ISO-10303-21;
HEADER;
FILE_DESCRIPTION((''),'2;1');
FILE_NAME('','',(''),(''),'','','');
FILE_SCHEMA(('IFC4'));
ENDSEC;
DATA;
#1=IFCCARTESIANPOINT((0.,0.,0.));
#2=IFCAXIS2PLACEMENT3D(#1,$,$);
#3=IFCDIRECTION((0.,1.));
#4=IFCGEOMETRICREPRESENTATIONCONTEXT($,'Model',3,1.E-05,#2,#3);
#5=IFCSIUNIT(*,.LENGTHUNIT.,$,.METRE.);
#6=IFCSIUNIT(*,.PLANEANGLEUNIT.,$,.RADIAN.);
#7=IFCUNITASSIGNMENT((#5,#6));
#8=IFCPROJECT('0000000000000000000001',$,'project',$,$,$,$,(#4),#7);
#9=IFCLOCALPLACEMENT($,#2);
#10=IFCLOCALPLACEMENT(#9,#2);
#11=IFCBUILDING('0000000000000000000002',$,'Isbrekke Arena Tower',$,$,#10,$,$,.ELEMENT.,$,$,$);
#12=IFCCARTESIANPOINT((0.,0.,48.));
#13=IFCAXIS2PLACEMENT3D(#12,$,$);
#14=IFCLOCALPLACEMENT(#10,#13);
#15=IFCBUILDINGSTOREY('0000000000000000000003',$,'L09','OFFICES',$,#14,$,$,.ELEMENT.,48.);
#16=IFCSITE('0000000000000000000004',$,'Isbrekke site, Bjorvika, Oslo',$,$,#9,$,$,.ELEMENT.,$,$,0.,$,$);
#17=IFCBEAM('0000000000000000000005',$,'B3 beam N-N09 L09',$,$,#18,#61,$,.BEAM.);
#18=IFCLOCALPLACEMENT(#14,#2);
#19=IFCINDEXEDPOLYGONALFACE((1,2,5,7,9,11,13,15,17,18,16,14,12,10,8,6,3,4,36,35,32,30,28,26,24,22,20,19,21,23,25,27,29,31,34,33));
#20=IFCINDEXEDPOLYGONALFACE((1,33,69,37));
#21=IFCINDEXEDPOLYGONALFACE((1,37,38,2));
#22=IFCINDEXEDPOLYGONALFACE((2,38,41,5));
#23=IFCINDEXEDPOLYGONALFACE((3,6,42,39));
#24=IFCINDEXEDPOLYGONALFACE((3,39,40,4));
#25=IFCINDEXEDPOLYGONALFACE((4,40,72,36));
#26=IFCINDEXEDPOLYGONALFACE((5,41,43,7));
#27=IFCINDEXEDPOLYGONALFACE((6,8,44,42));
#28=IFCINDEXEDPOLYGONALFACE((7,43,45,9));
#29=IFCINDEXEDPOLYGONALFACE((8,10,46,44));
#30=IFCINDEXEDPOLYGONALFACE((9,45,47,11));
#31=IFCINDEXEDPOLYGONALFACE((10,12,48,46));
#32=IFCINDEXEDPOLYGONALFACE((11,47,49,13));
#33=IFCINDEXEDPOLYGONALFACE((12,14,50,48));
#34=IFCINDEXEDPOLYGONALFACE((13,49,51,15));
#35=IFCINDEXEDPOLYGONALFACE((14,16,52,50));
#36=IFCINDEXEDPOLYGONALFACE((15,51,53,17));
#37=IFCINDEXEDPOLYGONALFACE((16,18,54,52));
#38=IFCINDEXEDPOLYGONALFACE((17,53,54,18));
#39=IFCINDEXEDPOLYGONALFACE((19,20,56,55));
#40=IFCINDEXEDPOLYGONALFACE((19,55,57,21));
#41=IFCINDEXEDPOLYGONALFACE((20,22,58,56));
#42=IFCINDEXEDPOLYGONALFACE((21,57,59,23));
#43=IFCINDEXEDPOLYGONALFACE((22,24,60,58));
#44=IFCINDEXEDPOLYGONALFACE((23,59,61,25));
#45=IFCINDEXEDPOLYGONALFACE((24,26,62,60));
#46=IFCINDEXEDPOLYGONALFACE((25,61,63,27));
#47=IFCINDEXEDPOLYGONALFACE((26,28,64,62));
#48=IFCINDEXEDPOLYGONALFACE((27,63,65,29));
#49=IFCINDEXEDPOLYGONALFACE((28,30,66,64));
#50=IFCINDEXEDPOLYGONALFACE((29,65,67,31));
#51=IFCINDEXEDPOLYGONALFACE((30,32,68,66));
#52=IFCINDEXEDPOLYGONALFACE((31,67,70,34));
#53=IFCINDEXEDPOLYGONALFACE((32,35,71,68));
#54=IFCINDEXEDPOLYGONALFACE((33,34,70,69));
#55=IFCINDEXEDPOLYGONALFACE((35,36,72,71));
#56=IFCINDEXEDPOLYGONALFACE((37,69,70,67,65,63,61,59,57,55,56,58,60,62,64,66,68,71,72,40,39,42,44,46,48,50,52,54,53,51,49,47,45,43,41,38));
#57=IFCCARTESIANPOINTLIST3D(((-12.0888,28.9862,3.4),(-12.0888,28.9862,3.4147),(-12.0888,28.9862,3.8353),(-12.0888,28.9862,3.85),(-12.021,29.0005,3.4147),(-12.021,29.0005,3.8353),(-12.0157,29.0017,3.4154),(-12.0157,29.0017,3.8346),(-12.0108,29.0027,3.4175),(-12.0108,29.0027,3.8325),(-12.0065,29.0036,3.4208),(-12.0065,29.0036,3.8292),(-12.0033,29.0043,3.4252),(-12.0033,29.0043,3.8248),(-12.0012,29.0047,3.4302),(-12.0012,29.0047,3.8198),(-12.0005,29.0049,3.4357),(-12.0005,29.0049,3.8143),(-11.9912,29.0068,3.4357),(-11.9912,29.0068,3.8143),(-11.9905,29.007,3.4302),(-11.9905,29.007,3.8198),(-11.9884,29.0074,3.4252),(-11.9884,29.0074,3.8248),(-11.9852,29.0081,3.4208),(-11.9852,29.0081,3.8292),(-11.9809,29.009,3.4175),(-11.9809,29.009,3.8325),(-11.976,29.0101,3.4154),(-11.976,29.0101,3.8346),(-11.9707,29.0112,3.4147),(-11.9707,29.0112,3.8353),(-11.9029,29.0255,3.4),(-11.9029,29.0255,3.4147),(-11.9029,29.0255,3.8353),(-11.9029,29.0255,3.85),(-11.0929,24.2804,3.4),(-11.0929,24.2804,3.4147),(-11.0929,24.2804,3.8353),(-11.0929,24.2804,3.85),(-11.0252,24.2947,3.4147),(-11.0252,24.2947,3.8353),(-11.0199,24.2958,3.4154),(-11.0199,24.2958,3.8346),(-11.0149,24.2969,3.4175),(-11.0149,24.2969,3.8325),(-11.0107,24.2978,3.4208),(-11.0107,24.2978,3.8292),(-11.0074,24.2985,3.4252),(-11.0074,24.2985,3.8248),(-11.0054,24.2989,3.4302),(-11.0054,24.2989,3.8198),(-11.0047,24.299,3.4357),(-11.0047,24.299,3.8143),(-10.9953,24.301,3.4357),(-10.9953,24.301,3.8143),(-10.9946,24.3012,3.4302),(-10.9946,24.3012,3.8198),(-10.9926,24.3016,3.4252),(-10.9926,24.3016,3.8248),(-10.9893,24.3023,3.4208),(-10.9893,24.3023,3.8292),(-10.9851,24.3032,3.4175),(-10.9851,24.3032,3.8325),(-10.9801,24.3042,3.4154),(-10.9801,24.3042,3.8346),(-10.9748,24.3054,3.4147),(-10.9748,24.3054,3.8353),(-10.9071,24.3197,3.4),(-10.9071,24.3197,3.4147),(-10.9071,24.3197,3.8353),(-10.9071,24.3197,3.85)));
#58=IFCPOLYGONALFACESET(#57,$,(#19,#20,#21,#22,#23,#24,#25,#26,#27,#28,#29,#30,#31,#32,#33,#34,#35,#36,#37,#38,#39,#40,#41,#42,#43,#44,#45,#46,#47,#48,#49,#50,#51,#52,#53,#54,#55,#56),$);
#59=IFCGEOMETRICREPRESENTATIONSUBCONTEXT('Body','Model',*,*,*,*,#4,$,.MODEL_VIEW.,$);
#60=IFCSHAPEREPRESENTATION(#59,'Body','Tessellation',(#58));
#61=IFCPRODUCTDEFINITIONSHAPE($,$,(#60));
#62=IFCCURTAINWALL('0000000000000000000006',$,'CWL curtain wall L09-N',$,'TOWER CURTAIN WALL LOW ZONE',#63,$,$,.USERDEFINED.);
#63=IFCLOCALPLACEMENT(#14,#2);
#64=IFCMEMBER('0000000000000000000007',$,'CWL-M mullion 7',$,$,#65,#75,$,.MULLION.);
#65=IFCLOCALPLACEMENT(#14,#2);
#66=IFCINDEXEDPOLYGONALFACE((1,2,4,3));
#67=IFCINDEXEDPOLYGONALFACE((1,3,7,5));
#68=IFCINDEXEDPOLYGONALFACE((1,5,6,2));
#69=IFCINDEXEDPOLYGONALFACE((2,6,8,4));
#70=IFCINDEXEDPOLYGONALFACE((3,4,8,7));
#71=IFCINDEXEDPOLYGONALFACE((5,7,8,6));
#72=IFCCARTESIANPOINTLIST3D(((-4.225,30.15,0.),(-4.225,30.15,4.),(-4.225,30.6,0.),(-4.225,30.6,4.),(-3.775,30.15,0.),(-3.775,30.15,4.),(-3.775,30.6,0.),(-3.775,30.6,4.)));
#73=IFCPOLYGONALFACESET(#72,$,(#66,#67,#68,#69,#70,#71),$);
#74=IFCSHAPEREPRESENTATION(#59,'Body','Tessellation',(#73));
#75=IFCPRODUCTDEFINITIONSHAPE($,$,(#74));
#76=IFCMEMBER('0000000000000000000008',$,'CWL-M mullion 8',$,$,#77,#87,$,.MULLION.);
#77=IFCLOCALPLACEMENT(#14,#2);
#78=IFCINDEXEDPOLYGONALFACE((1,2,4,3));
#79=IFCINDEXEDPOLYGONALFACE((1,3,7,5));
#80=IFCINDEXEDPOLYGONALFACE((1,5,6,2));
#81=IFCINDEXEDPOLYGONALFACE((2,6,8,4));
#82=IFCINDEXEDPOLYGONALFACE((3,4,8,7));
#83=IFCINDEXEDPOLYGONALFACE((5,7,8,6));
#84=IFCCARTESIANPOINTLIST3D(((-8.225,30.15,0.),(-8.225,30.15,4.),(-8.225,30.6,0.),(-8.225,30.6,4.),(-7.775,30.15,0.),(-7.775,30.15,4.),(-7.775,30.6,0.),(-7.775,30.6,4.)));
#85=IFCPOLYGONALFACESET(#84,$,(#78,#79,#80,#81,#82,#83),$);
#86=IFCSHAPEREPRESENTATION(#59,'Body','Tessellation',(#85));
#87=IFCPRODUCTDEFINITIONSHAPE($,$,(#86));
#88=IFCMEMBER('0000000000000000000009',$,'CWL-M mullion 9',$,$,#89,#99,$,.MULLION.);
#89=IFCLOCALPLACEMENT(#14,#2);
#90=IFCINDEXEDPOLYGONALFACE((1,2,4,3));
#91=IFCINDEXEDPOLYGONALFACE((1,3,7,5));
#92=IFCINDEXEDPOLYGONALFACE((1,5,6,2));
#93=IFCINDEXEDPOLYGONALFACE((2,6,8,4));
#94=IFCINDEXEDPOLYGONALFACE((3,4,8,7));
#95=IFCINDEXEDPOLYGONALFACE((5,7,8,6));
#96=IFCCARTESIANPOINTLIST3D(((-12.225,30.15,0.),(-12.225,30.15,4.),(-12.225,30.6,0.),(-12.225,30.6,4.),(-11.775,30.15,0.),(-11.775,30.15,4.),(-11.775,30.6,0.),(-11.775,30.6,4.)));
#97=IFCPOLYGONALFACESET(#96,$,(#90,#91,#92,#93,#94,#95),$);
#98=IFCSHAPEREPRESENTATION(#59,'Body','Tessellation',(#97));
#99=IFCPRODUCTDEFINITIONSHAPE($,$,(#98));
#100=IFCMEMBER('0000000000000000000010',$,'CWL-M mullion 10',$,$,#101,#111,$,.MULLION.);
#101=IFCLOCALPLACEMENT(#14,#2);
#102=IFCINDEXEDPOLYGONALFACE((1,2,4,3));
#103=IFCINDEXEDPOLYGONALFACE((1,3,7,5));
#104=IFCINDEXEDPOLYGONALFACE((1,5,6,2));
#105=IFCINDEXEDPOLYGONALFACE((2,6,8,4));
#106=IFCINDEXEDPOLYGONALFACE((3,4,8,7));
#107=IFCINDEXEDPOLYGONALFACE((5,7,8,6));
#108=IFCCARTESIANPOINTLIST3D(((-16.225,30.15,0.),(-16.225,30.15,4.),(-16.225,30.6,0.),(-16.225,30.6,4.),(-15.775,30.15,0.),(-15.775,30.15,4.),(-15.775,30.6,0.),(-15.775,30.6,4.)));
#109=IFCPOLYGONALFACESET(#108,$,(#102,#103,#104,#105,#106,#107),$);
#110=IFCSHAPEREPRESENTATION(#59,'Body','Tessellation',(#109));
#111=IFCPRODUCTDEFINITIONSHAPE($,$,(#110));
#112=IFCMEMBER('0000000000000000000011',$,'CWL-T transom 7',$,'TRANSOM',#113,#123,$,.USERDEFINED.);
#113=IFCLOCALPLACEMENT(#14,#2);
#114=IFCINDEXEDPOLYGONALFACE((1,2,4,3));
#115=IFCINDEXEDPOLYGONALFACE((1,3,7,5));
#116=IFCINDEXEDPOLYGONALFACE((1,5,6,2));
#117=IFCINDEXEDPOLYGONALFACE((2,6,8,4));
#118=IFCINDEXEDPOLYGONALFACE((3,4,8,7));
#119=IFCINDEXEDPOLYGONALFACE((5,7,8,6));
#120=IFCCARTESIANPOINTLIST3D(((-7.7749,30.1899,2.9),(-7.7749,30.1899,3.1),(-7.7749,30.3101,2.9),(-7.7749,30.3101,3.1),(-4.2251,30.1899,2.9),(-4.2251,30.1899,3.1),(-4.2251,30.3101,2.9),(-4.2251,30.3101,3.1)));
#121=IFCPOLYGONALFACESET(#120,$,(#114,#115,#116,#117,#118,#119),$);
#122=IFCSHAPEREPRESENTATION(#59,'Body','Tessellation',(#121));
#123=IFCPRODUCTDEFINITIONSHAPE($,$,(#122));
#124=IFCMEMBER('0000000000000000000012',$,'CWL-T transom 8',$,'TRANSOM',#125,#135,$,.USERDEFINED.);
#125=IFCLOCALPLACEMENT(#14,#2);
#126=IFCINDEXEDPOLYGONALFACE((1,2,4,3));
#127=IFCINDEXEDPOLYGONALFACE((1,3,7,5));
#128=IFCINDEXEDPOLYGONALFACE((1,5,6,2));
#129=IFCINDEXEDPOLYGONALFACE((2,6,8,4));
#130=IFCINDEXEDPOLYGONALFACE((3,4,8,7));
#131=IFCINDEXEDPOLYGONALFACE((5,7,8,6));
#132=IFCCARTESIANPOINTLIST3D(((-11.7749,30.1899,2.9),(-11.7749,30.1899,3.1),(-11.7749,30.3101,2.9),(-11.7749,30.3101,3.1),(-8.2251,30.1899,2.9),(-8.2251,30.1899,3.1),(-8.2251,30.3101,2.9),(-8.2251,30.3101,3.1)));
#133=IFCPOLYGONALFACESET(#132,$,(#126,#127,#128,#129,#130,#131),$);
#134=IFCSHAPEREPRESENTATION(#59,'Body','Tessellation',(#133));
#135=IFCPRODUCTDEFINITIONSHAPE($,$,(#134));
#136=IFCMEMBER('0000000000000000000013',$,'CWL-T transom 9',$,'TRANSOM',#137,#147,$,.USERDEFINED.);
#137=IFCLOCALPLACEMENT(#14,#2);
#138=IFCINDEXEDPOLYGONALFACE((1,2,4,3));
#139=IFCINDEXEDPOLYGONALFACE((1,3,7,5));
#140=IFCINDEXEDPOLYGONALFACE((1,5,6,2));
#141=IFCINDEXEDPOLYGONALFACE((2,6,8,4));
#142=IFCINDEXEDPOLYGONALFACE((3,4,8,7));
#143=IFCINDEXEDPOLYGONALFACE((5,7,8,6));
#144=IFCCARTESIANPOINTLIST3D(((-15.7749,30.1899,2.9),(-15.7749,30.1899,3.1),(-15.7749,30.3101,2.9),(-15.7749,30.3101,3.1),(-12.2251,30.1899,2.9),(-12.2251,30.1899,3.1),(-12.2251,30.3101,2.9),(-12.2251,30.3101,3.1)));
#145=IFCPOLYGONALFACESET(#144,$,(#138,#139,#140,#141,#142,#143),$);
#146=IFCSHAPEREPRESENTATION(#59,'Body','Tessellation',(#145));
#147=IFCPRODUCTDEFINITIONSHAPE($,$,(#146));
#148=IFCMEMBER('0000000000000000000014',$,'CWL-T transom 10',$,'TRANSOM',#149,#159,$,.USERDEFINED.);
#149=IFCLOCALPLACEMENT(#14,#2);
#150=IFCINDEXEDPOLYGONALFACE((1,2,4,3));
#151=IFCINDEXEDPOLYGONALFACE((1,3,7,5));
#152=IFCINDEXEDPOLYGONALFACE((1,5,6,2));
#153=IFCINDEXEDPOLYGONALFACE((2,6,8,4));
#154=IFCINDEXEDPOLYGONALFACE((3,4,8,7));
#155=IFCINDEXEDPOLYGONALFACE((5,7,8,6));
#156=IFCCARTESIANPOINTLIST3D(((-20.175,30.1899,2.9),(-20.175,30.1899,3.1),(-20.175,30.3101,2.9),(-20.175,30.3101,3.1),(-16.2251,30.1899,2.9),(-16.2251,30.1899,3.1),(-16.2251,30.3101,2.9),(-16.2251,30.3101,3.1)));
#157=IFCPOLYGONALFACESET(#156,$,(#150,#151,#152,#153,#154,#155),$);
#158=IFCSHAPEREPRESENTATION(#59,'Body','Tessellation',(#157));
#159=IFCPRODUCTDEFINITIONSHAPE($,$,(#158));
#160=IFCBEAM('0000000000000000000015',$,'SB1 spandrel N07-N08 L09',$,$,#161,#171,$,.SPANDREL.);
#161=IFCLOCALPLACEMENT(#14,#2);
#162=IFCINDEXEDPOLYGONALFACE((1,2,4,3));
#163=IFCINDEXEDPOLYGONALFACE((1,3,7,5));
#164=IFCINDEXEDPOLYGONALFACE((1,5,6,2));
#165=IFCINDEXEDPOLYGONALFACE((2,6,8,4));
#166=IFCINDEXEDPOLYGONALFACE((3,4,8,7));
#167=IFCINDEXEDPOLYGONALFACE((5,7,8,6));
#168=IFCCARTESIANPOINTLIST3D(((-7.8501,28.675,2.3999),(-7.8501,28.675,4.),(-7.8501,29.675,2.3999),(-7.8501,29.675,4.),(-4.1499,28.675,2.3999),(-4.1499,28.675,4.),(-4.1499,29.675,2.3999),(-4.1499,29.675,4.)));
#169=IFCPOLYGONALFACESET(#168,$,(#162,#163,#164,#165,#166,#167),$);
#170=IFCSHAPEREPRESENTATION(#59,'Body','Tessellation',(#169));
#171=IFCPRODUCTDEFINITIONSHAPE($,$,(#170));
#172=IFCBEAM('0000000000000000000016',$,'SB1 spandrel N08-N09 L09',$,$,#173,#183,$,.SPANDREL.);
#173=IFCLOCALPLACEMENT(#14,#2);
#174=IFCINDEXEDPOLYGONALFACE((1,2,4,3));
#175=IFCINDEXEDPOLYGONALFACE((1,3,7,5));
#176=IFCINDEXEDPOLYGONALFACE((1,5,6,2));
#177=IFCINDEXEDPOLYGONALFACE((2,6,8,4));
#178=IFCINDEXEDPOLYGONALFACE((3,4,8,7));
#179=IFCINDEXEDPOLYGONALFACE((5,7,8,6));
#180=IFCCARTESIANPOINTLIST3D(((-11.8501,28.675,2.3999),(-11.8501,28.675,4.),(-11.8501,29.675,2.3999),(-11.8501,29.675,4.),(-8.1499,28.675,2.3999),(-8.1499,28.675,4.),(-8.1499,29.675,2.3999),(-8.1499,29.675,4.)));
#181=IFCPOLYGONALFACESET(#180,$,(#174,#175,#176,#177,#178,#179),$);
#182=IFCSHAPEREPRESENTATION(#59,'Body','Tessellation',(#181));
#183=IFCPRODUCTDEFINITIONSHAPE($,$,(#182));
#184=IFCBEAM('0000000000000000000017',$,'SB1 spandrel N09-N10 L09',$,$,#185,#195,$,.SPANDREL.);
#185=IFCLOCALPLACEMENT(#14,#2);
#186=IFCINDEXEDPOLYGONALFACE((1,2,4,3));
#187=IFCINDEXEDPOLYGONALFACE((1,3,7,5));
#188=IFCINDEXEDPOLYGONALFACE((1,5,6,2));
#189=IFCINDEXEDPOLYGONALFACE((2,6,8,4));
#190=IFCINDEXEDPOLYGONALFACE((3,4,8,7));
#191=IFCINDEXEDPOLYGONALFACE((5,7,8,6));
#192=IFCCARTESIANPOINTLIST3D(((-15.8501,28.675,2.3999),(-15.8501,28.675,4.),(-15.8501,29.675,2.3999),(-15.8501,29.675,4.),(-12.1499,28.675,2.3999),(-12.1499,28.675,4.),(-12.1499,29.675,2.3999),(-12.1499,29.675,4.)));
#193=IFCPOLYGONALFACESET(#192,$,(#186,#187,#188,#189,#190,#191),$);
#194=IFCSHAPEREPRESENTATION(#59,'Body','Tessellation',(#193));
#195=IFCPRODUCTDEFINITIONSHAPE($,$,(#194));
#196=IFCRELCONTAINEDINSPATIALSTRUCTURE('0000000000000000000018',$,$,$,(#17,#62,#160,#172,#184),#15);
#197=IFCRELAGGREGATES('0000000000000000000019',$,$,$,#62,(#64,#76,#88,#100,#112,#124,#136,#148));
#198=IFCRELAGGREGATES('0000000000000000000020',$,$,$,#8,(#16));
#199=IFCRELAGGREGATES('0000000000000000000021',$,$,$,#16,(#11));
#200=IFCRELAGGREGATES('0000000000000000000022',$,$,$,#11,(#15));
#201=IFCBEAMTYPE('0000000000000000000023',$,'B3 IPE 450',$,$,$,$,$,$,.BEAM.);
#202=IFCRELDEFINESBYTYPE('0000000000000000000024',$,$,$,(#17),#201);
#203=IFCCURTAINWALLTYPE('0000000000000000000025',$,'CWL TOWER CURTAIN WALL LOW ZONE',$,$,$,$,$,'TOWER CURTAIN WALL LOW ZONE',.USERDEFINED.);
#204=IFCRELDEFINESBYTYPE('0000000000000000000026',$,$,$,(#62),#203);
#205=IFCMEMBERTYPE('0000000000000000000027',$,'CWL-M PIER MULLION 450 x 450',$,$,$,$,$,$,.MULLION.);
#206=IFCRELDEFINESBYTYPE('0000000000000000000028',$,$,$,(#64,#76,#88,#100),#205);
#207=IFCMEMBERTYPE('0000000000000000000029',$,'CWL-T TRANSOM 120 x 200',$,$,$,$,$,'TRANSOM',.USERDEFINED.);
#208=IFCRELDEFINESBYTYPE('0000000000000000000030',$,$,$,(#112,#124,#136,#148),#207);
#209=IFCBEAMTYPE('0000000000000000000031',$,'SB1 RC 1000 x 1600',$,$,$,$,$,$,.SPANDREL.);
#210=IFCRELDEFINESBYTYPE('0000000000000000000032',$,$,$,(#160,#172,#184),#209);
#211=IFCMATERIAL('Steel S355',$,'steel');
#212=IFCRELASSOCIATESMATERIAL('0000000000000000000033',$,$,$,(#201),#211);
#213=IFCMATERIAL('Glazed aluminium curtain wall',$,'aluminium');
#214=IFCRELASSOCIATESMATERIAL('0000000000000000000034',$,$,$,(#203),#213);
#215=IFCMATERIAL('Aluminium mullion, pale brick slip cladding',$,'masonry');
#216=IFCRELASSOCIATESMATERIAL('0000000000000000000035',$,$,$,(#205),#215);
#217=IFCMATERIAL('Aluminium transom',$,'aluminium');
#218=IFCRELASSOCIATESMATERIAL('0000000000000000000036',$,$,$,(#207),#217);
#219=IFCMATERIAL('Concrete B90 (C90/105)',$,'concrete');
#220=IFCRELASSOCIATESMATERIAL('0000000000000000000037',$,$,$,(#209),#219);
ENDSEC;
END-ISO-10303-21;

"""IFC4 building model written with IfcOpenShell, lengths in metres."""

from ifc_helpers import new_model, si_unit, direction, frame, origin, origin_2d, place, context, subcontext, project, spatial, rectangle, i_section, extrude, material, material_profile, profile_set, type_object, element, aggregate, save


model = new_model("IFC4")

# Units and contexts
model_context = context("Model", 3, precision=1e-05, world=origin(), true_north=direction((0.0, 1.0)))
body_context = subcontext(model_context, "Body", "Model", "MODEL_VIEW")
ifc_project = project(units=[si_unit("LENGTHUNIT", "METRE"), si_unit("PLANEANGLEUNIT", "RADIAN")], contexts=[model_context])

# Site, building, storey
site_placement = place(None, origin())
site = spatial("IfcSite", under=ifc_project, at=site_placement, Name="Isbrekke site, Bjorvika, Oslo", CompositionType="ELEMENT", RefElevation=0.0)
building_placement = place(site_placement, origin())
building = spatial("IfcBuilding", under=site, at=building_placement, Name="Isbrekke Arena Tower", CompositionType="ELEMENT")
storey_placement = place(building_placement, frame((0.0, 0.0, 48.0)))
storey = spatial("IfcBuildingStorey", under=building, at=storey_placement, Name="L09", Description="OFFICES", CompositionType="ELEMENT", Elevation=48.0)

# Beam
ifc_material_1 = material(Name="Steel S355", Category="steel")
ifc_material_profile_1 = material_profile(ifc_material_1, i_section(OverallWidth=0.1899, OverallDepth=0.45, WebThickness=0.0095, FlangeThickness=0.0146, FilletRadius=0.021, at=origin_2d()), Name="IPE 450")
ifc_profile_set_1 = profile_set([ifc_material_profile_1], Name="Steel S355")
beam_type_1 = type_object("IfcBeamType", Name="B3 IPE 450", PredefinedType="BEAM", material=ifc_profile_set_1)
beam_1_placement = place(storey_placement, frame((-11.9958, 29.0059, 3.625), z_axis=(0.207036, -0.978333, 0.0), x_axis=(0.978333, 0.207036, 0.0)))
element("IfcBeam", 1, at=beam_1_placement, inside=storey, type_object=beam_type_1, Name="B3 beam N-N09 L09", PredefinedType="BEAM", context=body_context, shape_type="SweptSolid", body=[
    extrude(i_section(OverallWidth=0.1899, OverallDepth=0.45, WebThickness=0.0095, FlangeThickness=0.0146, FilletRadius=0.021, at=origin_2d()), origin(), (0.0, 0.0, 1.0), 4.8101),
])

# Curtain wall, members
ifc_material_2 = material(Name="Glazed aluminium curtain wall", Category="aluminium")
curtain_wall_type = type_object("IfcCurtainWallType", Name="CWL TOWER CURTAIN WALL LOW ZONE", ElementType="TOWER CURTAIN WALL LOW ZONE", PredefinedType="USERDEFINED", material=ifc_material_2)
curtain_wall_placement = place(storey_placement, origin())
curtain_wall = element("IfcCurtainWall", 2, at=curtain_wall_placement, inside=storey, type_object=curtain_wall_type, Name="CWL curtain wall L09-N", ObjectType="TOWER CURTAIN WALL LOW ZONE", PredefinedType="USERDEFINED")
ifc_material_3 = material(Name="Aluminium mullion, pale brick slip cladding", Category="masonry")
ifc_material_profile_2 = material_profile(ifc_material_3, rectangle(XDim=0.45, YDim=0.45, at=origin_2d()), Name="PIER 450X450")
ifc_profile_set_2 = profile_set([ifc_material_profile_2], Name="Aluminium mullion, pale brick slip cladding")
member_type_1 = type_object("IfcMemberType", Name="CWL-M PIER MULLION 450 x 450", PredefinedType="MULLION", material=ifc_profile_set_2)
member_1_placement = place(storey_placement, frame((-4.0, 30.375, 0.0), z_axis=(0.0, 0.0, 1.0), x_axis=(-1.0, 0.0, 0.0)))
member_1 = element("IfcMember", 3, at=member_1_placement, type_object=member_type_1, Name="CWL-M mullion 7", PredefinedType="MULLION", context=body_context, shape_type="SweptSolid", body=[
    extrude(rectangle(XDim=0.45, YDim=0.45, at=origin_2d()), origin(), (0.0, 0.0, 1.0), 4.0),
])
member_2_placement = place(storey_placement, frame((-8.0, 30.375, 0.0), z_axis=(0.0, 0.0, 1.0), x_axis=(-1.0, 0.0, 0.0)))
member_2 = element("IfcMember", 4, at=member_2_placement, type_object=member_type_1, Name="CWL-M mullion 8", PredefinedType="MULLION", context=body_context, shape_type="SweptSolid", body=[
    extrude(rectangle(XDim=0.45, YDim=0.45, at=origin_2d()), origin(), (0.0, 0.0, 1.0), 4.0),
])
member_3_placement = place(storey_placement, frame((-12.0, 30.375, 0.0), z_axis=(0.0, 0.0, 1.0), x_axis=(-1.0, 0.0, 0.0)))
member_3 = element("IfcMember", 5, at=member_3_placement, type_object=member_type_1, Name="CWL-M mullion 9", PredefinedType="MULLION", context=body_context, shape_type="SweptSolid", body=[
    extrude(rectangle(XDim=0.45, YDim=0.45, at=origin_2d()), origin(), (0.0, 0.0, 1.0), 4.0),
])
member_4_placement = place(storey_placement, frame((-16.0, 30.375, 0.0), z_axis=(0.0, 0.0, 1.0), x_axis=(-1.0, 0.0, 0.0)))
member_4 = element("IfcMember", 6, at=member_4_placement, type_object=member_type_1, Name="CWL-M mullion 10", PredefinedType="MULLION", context=body_context, shape_type="SweptSolid", body=[
    extrude(rectangle(XDim=0.45, YDim=0.45, at=origin_2d()), origin(), (0.0, 0.0, 1.0), 4.0),
])
ifc_material_4 = material(Name="Aluminium transom", Category="aluminium")
ifc_material_profile_3 = material_profile(ifc_material_4, rectangle(XDim=0.1201, YDim=0.2, at=origin_2d()), Name="TRANSOM 120X200")
ifc_profile_set_3 = profile_set([ifc_material_profile_3], Name="Aluminium transom")
member_type_2 = type_object("IfcMemberType", Name="CWL-T TRANSOM 120 x 200", ElementType="TRANSOM", PredefinedType="USERDEFINED", material=ifc_profile_set_3)
member_5_placement = place(storey_placement, frame((-4.2251, 30.25, 3.0), z_axis=(-1.0, 0.0, 0.0), x_axis=(0.0, -1.0, 0.0)))
member_5 = element("IfcMember", 7, at=member_5_placement, type_object=member_type_2, Name="CWL-T transom 7", ObjectType="TRANSOM", PredefinedType="USERDEFINED", context=body_context, shape_type="SweptSolid", body=[
    extrude(rectangle(XDim=0.1201, YDim=0.2, at=origin_2d()), origin(), (0.0, 0.0, 1.0), 3.5498),
])
member_6_placement = place(storey_placement, frame((-8.2251, 30.25, 3.0), z_axis=(-1.0, 0.0, 0.0), x_axis=(0.0, -1.0, 0.0)))
member_6 = element("IfcMember", 8, at=member_6_placement, type_object=member_type_2, Name="CWL-T transom 8", ObjectType="TRANSOM", PredefinedType="USERDEFINED", context=body_context, shape_type="SweptSolid", body=[
    extrude(rectangle(XDim=0.1201, YDim=0.2, at=origin_2d()), origin(), (0.0, 0.0, 1.0), 3.5498),
])
member_7_placement = place(storey_placement, frame((-12.2251, 30.25, 3.0), z_axis=(-1.0, 0.0, 0.0), x_axis=(0.0, -1.0, 0.0)))
member_7 = element("IfcMember", 9, at=member_7_placement, type_object=member_type_2, Name="CWL-T transom 9", ObjectType="TRANSOM", PredefinedType="USERDEFINED", context=body_context, shape_type="SweptSolid", body=[
    extrude(rectangle(XDim=0.1201, YDim=0.2, at=origin_2d()), origin(), (0.0, 0.0, 1.0), 3.5498),
])
member_8_placement = place(storey_placement, frame((-16.2251, 30.25, 3.0), z_axis=(-1.0, 0.0, 0.0), x_axis=(0.0, -1.0, 0.0)))
member_8 = element("IfcMember", 10, at=member_8_placement, type_object=member_type_2, Name="CWL-T transom 10", ObjectType="TRANSOM", PredefinedType="USERDEFINED", context=body_context, shape_type="SweptSolid", body=[
    extrude(rectangle(XDim=0.1201, YDim=0.2, at=origin_2d()), origin(), (0.0, 0.0, 1.0), 3.95),
])

# Beams
ifc_material_5 = material(Name="Concrete B90 (C90/105)", Category="concrete")
ifc_material_profile_4 = material_profile(ifc_material_5, rectangle(XDim=1.0, YDim=1.6001, at=origin_2d()), Name="RC 1000x1600")
ifc_profile_set_4 = profile_set([ifc_material_profile_4], Name="Concrete B90 (C90/105)")
beam_type_2 = type_object("IfcBeamType", Name="SB1 RC 1000 x 1600", PredefinedType="SPANDREL", material=ifc_profile_set_4)
for number, where, z_axis, x_axis, name in (
    (11, (-4.1499, 29.175, 3.2), (-1.0, 0.0, 0.0), (0.0, -1.0, 0.0), "SB1 spandrel N07-N08 L09"),
    (12, (-8.1499, 29.175, 3.2), (-1.0, 0.0, 0.0), (0.0, -1.0, 0.0), "SB1 spandrel N08-N09 L09"),
    (13, (-12.1499, 29.175, 3.2), (-1.0, 0.0, 0.0), (0.0, -1.0, 0.0), "SB1 spandrel N09-N10 L09"),
):
    element("IfcBeam", number, at=place(storey_placement, frame(where, z_axis=z_axis, x_axis=x_axis)), inside=storey, type_object=beam_type_2, Name=name, PredefinedType="SPANDREL", context=body_context, shape_type="SweptSolid", body=[
        extrude(rectangle(XDim=1.0, YDim=1.6001, at=origin_2d()), origin(), (0.0, 0.0, 1.0), 3.7002),
    ])

aggregate(curtain_wall, [member_1, member_2, member_3, member_4, member_5, member_6, member_7, member_8])

save(model, "model.ifc")
